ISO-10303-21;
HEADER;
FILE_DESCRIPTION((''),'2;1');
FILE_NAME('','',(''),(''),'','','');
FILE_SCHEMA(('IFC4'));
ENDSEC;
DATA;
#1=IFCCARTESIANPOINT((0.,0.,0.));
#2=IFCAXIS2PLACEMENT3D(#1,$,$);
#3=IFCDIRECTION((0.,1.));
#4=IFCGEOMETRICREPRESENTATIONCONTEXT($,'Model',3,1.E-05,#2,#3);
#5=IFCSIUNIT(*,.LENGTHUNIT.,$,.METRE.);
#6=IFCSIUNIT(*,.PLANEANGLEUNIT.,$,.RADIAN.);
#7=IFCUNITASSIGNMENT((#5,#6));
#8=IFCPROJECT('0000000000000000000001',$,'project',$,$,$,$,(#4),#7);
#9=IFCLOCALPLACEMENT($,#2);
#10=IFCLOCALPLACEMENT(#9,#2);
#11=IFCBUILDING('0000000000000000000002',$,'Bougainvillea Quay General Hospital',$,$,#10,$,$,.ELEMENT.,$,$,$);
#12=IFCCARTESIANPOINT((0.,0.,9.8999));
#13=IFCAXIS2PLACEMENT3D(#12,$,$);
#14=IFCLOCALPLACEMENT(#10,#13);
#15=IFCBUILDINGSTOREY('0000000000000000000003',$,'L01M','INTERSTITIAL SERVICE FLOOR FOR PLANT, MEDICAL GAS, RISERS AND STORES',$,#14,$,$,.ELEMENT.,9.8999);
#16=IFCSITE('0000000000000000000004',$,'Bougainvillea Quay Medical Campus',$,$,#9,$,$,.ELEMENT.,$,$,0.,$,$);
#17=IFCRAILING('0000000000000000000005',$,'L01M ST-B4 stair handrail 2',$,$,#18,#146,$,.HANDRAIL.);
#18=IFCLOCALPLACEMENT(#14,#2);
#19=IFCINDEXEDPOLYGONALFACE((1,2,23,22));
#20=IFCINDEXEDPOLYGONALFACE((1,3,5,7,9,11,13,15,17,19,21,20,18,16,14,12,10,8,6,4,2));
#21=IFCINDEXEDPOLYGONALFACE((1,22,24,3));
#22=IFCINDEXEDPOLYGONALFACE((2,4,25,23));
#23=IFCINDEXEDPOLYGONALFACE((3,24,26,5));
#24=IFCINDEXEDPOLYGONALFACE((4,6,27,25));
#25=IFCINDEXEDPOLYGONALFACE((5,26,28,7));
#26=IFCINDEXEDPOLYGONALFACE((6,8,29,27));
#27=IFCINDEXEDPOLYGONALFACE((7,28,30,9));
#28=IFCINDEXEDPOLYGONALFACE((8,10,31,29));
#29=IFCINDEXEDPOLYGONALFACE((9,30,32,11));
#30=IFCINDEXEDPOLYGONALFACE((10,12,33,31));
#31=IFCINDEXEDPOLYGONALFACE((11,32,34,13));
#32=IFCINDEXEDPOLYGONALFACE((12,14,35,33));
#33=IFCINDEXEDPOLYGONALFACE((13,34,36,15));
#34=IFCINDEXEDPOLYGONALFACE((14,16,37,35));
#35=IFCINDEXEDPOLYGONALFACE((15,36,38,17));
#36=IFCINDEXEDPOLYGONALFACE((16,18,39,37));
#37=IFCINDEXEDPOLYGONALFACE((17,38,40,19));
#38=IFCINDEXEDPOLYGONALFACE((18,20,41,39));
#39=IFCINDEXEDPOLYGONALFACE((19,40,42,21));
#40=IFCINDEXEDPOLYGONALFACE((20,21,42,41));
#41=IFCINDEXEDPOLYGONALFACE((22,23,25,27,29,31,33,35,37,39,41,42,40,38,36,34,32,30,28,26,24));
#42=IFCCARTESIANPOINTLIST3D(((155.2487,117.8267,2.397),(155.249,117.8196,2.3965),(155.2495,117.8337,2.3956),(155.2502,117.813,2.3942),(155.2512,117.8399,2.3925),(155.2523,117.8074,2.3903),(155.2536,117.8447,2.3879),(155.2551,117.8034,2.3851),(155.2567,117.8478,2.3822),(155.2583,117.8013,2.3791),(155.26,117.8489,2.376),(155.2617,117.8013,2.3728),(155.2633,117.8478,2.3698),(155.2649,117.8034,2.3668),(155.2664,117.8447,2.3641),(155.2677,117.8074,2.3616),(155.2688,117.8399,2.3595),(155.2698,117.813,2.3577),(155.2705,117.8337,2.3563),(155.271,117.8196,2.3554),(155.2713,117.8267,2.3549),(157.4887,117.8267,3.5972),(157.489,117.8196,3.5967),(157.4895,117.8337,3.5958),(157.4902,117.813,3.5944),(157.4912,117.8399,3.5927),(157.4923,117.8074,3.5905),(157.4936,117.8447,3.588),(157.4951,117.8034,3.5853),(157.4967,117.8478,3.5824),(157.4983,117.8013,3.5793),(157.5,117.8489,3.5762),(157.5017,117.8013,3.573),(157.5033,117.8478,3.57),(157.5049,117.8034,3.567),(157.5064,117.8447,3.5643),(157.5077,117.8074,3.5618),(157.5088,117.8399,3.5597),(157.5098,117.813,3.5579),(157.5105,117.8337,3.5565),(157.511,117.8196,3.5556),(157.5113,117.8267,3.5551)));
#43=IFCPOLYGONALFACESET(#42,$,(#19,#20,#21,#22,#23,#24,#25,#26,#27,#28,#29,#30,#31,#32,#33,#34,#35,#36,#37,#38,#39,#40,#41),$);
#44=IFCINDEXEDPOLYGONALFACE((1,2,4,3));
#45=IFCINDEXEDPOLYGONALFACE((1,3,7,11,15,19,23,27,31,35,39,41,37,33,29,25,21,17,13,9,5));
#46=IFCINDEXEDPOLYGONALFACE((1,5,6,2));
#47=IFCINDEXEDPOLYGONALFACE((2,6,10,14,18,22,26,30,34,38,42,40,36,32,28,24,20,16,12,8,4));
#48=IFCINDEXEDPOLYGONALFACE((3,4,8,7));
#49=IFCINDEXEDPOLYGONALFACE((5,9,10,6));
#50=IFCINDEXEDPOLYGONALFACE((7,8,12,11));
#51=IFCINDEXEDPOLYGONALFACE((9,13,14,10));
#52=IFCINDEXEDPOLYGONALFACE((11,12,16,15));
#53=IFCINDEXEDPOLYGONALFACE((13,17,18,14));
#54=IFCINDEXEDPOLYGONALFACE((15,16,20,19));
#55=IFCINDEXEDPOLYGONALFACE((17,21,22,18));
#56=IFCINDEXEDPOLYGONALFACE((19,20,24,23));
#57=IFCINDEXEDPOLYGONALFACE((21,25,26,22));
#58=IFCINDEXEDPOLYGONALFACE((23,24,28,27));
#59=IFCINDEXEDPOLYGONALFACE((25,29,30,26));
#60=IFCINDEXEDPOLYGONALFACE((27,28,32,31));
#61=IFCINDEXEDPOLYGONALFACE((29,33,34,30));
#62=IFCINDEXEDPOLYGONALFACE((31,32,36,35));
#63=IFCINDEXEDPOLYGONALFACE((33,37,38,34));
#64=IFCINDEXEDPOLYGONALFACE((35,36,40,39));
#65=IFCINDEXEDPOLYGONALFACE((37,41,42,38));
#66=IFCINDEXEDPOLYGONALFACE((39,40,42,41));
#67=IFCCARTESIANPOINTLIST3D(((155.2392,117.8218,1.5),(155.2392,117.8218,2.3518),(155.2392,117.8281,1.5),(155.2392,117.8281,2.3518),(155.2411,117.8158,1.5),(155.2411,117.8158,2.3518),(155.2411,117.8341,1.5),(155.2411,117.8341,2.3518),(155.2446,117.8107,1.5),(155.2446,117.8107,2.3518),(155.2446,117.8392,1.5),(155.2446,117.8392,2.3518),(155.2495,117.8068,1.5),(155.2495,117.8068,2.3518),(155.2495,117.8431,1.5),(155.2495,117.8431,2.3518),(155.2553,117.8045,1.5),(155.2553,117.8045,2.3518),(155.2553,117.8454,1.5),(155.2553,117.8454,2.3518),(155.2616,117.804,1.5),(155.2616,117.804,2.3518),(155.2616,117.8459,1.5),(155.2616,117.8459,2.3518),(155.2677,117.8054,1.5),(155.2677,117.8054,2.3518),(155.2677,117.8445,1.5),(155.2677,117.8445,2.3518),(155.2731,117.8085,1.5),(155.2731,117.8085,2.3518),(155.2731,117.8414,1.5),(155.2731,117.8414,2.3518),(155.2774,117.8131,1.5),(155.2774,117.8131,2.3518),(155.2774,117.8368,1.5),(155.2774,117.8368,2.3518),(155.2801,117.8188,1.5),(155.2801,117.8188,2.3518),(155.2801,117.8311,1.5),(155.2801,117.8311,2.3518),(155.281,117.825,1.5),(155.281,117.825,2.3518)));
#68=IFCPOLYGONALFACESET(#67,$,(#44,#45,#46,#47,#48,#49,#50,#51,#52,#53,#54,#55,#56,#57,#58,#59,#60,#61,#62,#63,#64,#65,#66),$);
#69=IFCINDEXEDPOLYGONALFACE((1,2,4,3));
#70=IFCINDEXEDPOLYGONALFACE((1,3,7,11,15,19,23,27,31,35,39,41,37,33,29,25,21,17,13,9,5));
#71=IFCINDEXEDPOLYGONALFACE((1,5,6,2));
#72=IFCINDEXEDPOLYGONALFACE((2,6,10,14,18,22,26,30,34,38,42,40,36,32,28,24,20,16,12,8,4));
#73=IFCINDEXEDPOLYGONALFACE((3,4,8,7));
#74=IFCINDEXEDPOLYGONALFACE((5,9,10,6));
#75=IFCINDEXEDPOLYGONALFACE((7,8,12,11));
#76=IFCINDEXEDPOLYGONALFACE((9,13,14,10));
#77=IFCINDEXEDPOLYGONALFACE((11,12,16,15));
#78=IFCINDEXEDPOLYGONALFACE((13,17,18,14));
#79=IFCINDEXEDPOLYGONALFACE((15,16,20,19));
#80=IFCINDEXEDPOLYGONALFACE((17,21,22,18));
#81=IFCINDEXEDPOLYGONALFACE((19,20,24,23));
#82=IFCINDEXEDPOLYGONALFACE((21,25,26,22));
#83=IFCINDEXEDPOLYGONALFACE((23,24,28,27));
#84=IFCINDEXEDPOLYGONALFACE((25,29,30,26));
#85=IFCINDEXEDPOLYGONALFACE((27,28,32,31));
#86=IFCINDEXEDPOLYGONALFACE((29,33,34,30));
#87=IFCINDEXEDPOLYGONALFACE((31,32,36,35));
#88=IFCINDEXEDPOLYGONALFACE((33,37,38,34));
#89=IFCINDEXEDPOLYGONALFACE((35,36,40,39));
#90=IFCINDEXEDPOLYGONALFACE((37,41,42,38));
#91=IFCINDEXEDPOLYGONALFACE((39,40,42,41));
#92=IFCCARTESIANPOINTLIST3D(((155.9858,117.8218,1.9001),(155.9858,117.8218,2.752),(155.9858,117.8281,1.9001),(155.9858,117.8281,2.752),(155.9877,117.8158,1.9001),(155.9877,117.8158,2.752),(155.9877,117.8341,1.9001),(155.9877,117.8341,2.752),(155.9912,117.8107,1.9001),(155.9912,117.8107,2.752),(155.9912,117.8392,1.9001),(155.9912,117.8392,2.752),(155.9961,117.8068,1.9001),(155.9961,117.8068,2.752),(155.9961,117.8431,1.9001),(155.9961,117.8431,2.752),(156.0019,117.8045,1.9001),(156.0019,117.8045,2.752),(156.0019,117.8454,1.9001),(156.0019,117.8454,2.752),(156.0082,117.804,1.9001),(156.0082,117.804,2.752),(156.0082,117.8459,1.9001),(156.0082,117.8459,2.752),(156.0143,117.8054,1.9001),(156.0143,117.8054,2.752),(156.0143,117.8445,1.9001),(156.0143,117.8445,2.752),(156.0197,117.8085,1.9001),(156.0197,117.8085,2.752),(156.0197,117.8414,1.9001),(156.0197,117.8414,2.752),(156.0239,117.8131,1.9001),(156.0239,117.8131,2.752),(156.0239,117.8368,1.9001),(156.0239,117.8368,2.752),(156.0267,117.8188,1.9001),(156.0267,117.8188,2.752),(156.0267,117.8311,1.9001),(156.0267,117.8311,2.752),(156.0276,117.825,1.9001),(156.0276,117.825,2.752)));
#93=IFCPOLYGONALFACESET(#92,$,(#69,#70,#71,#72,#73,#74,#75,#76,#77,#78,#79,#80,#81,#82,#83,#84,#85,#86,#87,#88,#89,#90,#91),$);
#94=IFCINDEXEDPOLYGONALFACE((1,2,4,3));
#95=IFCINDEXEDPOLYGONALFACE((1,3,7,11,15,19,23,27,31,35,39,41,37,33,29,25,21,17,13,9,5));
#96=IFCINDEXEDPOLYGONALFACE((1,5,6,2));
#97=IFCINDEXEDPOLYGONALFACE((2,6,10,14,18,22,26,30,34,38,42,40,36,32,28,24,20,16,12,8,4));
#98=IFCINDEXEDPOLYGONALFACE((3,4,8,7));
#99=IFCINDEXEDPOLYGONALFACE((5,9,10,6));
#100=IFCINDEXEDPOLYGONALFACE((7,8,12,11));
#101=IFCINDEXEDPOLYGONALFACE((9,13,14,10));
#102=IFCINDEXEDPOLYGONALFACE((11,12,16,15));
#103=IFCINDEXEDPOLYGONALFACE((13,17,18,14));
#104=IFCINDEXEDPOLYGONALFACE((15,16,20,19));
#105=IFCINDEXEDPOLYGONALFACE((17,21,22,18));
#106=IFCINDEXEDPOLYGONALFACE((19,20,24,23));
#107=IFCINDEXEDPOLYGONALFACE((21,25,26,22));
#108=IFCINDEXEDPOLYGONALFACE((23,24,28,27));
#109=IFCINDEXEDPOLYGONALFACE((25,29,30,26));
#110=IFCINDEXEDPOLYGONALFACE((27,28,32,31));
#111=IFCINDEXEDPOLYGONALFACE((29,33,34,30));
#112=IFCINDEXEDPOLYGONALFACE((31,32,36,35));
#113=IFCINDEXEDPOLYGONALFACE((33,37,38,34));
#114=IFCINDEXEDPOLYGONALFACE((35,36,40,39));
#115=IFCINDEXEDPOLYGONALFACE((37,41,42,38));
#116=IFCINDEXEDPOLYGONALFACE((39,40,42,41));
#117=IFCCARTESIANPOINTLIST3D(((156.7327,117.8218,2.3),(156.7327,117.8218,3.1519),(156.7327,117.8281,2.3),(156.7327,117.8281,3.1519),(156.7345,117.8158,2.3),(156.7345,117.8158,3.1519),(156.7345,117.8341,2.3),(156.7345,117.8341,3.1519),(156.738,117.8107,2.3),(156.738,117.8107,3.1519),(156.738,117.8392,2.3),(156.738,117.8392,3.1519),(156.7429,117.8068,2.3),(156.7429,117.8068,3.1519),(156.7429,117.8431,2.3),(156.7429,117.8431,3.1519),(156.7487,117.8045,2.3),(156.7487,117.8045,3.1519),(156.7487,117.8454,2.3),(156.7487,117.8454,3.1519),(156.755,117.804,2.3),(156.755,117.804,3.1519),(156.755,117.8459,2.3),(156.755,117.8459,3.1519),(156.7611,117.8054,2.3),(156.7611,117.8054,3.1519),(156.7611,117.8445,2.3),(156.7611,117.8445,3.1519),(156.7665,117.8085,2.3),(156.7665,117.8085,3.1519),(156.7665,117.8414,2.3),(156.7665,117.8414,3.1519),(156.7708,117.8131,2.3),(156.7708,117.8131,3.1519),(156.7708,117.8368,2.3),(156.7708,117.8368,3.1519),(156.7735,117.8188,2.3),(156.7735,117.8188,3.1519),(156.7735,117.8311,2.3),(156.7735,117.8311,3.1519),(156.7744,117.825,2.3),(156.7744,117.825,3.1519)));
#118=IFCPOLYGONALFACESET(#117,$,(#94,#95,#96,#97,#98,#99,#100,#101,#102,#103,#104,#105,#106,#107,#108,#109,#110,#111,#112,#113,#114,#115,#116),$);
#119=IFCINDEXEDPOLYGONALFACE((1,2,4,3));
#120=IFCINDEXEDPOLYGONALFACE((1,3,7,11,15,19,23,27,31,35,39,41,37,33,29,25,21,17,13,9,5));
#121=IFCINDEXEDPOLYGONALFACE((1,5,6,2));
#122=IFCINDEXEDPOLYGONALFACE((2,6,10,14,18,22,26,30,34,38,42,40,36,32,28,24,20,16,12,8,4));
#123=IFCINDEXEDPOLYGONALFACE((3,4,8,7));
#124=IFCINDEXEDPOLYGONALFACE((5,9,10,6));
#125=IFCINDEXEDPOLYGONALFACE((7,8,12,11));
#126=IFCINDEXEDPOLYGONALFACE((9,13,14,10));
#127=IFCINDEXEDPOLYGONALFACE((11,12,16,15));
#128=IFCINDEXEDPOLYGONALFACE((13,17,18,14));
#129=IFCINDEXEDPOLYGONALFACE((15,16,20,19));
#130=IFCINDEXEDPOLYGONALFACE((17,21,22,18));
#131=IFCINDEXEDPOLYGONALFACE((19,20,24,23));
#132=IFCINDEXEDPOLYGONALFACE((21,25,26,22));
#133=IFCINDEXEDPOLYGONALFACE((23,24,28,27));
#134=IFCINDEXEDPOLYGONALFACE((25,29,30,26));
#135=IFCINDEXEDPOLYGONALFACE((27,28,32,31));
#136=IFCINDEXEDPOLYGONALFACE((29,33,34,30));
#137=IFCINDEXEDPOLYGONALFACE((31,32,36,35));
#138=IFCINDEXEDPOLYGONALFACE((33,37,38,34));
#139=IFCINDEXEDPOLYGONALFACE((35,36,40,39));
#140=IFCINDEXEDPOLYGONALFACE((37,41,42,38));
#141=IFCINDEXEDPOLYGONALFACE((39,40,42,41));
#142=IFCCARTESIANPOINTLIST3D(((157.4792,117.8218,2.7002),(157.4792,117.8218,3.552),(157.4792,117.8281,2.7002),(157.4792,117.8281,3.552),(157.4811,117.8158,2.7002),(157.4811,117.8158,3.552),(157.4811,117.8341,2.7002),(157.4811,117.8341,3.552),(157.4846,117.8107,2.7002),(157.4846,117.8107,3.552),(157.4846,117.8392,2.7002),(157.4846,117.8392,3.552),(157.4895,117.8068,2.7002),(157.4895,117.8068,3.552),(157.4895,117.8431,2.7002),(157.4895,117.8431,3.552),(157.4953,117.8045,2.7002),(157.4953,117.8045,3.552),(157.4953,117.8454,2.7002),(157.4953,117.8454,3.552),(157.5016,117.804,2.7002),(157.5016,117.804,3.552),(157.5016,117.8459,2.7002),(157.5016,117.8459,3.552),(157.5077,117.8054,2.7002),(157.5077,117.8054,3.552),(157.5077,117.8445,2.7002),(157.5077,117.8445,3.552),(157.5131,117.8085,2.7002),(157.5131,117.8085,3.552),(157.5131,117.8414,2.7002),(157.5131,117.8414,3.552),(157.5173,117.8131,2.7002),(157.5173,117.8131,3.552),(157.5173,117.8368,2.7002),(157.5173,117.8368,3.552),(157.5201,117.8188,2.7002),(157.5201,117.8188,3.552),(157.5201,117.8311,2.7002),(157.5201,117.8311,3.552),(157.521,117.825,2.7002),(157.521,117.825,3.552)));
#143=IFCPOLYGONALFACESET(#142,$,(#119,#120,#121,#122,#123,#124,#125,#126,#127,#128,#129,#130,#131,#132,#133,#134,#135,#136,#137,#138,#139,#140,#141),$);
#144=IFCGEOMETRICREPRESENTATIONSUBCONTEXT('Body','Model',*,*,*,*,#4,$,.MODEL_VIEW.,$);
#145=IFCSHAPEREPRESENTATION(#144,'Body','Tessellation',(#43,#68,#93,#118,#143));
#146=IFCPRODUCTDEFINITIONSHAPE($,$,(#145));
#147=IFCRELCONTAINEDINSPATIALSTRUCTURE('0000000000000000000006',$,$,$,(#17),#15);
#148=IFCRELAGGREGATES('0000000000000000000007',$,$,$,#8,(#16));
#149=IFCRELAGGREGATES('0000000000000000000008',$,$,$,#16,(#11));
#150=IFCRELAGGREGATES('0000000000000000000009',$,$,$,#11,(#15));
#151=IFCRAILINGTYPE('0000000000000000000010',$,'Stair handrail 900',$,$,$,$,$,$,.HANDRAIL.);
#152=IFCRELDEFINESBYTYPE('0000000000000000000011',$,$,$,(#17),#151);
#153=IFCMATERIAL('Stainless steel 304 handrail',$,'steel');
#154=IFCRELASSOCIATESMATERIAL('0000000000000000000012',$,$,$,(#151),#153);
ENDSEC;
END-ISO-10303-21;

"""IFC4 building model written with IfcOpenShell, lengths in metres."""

from ifc_helpers import new_model, si_unit, direction, frame, origin, origin_2d, place, context, subcontext, project, spatial, circle, extrude, material, type_object, element, save


model = new_model("IFC4")

# Units and contexts
model_context = context("Model", 3, precision=1e-05, world=origin(), true_north=direction((0.0, 1.0)))
body_context = subcontext(model_context, "Body", "Model", "MODEL_VIEW")
ifc_project = project(units=[si_unit("LENGTHUNIT", "METRE"), si_unit("PLANEANGLEUNIT", "RADIAN")], contexts=[model_context])

# Site, building, storey
site_placement = place(None, origin())
site = spatial("IfcSite", under=ifc_project, at=site_placement, Name="Bougainvillea Quay Medical Campus", CompositionType="ELEMENT", RefElevation=0.0)
building_placement = place(site_placement, origin())
building = spatial("IfcBuilding", under=site, at=building_placement, Name="Bougainvillea Quay General Hospital", CompositionType="ELEMENT")
storey_placement = place(building_placement, frame((0.0, 0.0, 9.8999)))
storey = spatial("IfcBuildingStorey", under=building, at=storey_placement, Name="L01M", Description="INTERSTITIAL SERVICE FLOOR FOR PLANT, MEDICAL GAS, RISERS AND STORES", CompositionType="ELEMENT", Elevation=9.8999)

# Railing
ifc_material_1 = material(Name="Stainless steel 304 handrail", Category="steel")
railing_type_1 = type_object("IfcRailingType", Name="Stair handrail 900", PredefinedType="HANDRAIL", material=ifc_material_1)
railing_1_placement = place(storey_placement, frame((155.26, 117.825, 1.5)))
element("IfcRailing", 1, at=railing_1_placement, inside=storey, type_object=railing_type_1, Name="L01M ST-B4 stair handrail 2", PredefinedType="HANDRAIL", context=body_context, shape_type="SweptSolid", body=[
    extrude(circle(Radius=0.0239, at=origin_2d()), frame((0.0, 0.0, 0.876), z_axis=(0.881447, 0.0, 0.472283), x_axis=(0.0, 1.0, 0.0)), (0.0, 0.0, 1.0), 2.5413),
    extrude(circle(Radius=0.021, at=origin_2d()), origin(), (0.0, 0.0, 1.0), 0.8518),
    extrude(circle(Radius=0.021, at=origin_2d()), frame((0.7466, 0.0, 0.4001)), (0.0, 0.0, 1.0), 0.8518),
    extrude(circle(Radius=0.021, at=origin_2d()), frame((1.4934, 0.0, 0.8)), (0.0, 0.0, 1.0), 0.8518),
    extrude(circle(Radius=0.021, at=origin_2d()), frame((2.24, 0.0, 1.2002)), (0.0, 0.0, 1.0), 0.8518),
])

save(model, "model.ifc")
